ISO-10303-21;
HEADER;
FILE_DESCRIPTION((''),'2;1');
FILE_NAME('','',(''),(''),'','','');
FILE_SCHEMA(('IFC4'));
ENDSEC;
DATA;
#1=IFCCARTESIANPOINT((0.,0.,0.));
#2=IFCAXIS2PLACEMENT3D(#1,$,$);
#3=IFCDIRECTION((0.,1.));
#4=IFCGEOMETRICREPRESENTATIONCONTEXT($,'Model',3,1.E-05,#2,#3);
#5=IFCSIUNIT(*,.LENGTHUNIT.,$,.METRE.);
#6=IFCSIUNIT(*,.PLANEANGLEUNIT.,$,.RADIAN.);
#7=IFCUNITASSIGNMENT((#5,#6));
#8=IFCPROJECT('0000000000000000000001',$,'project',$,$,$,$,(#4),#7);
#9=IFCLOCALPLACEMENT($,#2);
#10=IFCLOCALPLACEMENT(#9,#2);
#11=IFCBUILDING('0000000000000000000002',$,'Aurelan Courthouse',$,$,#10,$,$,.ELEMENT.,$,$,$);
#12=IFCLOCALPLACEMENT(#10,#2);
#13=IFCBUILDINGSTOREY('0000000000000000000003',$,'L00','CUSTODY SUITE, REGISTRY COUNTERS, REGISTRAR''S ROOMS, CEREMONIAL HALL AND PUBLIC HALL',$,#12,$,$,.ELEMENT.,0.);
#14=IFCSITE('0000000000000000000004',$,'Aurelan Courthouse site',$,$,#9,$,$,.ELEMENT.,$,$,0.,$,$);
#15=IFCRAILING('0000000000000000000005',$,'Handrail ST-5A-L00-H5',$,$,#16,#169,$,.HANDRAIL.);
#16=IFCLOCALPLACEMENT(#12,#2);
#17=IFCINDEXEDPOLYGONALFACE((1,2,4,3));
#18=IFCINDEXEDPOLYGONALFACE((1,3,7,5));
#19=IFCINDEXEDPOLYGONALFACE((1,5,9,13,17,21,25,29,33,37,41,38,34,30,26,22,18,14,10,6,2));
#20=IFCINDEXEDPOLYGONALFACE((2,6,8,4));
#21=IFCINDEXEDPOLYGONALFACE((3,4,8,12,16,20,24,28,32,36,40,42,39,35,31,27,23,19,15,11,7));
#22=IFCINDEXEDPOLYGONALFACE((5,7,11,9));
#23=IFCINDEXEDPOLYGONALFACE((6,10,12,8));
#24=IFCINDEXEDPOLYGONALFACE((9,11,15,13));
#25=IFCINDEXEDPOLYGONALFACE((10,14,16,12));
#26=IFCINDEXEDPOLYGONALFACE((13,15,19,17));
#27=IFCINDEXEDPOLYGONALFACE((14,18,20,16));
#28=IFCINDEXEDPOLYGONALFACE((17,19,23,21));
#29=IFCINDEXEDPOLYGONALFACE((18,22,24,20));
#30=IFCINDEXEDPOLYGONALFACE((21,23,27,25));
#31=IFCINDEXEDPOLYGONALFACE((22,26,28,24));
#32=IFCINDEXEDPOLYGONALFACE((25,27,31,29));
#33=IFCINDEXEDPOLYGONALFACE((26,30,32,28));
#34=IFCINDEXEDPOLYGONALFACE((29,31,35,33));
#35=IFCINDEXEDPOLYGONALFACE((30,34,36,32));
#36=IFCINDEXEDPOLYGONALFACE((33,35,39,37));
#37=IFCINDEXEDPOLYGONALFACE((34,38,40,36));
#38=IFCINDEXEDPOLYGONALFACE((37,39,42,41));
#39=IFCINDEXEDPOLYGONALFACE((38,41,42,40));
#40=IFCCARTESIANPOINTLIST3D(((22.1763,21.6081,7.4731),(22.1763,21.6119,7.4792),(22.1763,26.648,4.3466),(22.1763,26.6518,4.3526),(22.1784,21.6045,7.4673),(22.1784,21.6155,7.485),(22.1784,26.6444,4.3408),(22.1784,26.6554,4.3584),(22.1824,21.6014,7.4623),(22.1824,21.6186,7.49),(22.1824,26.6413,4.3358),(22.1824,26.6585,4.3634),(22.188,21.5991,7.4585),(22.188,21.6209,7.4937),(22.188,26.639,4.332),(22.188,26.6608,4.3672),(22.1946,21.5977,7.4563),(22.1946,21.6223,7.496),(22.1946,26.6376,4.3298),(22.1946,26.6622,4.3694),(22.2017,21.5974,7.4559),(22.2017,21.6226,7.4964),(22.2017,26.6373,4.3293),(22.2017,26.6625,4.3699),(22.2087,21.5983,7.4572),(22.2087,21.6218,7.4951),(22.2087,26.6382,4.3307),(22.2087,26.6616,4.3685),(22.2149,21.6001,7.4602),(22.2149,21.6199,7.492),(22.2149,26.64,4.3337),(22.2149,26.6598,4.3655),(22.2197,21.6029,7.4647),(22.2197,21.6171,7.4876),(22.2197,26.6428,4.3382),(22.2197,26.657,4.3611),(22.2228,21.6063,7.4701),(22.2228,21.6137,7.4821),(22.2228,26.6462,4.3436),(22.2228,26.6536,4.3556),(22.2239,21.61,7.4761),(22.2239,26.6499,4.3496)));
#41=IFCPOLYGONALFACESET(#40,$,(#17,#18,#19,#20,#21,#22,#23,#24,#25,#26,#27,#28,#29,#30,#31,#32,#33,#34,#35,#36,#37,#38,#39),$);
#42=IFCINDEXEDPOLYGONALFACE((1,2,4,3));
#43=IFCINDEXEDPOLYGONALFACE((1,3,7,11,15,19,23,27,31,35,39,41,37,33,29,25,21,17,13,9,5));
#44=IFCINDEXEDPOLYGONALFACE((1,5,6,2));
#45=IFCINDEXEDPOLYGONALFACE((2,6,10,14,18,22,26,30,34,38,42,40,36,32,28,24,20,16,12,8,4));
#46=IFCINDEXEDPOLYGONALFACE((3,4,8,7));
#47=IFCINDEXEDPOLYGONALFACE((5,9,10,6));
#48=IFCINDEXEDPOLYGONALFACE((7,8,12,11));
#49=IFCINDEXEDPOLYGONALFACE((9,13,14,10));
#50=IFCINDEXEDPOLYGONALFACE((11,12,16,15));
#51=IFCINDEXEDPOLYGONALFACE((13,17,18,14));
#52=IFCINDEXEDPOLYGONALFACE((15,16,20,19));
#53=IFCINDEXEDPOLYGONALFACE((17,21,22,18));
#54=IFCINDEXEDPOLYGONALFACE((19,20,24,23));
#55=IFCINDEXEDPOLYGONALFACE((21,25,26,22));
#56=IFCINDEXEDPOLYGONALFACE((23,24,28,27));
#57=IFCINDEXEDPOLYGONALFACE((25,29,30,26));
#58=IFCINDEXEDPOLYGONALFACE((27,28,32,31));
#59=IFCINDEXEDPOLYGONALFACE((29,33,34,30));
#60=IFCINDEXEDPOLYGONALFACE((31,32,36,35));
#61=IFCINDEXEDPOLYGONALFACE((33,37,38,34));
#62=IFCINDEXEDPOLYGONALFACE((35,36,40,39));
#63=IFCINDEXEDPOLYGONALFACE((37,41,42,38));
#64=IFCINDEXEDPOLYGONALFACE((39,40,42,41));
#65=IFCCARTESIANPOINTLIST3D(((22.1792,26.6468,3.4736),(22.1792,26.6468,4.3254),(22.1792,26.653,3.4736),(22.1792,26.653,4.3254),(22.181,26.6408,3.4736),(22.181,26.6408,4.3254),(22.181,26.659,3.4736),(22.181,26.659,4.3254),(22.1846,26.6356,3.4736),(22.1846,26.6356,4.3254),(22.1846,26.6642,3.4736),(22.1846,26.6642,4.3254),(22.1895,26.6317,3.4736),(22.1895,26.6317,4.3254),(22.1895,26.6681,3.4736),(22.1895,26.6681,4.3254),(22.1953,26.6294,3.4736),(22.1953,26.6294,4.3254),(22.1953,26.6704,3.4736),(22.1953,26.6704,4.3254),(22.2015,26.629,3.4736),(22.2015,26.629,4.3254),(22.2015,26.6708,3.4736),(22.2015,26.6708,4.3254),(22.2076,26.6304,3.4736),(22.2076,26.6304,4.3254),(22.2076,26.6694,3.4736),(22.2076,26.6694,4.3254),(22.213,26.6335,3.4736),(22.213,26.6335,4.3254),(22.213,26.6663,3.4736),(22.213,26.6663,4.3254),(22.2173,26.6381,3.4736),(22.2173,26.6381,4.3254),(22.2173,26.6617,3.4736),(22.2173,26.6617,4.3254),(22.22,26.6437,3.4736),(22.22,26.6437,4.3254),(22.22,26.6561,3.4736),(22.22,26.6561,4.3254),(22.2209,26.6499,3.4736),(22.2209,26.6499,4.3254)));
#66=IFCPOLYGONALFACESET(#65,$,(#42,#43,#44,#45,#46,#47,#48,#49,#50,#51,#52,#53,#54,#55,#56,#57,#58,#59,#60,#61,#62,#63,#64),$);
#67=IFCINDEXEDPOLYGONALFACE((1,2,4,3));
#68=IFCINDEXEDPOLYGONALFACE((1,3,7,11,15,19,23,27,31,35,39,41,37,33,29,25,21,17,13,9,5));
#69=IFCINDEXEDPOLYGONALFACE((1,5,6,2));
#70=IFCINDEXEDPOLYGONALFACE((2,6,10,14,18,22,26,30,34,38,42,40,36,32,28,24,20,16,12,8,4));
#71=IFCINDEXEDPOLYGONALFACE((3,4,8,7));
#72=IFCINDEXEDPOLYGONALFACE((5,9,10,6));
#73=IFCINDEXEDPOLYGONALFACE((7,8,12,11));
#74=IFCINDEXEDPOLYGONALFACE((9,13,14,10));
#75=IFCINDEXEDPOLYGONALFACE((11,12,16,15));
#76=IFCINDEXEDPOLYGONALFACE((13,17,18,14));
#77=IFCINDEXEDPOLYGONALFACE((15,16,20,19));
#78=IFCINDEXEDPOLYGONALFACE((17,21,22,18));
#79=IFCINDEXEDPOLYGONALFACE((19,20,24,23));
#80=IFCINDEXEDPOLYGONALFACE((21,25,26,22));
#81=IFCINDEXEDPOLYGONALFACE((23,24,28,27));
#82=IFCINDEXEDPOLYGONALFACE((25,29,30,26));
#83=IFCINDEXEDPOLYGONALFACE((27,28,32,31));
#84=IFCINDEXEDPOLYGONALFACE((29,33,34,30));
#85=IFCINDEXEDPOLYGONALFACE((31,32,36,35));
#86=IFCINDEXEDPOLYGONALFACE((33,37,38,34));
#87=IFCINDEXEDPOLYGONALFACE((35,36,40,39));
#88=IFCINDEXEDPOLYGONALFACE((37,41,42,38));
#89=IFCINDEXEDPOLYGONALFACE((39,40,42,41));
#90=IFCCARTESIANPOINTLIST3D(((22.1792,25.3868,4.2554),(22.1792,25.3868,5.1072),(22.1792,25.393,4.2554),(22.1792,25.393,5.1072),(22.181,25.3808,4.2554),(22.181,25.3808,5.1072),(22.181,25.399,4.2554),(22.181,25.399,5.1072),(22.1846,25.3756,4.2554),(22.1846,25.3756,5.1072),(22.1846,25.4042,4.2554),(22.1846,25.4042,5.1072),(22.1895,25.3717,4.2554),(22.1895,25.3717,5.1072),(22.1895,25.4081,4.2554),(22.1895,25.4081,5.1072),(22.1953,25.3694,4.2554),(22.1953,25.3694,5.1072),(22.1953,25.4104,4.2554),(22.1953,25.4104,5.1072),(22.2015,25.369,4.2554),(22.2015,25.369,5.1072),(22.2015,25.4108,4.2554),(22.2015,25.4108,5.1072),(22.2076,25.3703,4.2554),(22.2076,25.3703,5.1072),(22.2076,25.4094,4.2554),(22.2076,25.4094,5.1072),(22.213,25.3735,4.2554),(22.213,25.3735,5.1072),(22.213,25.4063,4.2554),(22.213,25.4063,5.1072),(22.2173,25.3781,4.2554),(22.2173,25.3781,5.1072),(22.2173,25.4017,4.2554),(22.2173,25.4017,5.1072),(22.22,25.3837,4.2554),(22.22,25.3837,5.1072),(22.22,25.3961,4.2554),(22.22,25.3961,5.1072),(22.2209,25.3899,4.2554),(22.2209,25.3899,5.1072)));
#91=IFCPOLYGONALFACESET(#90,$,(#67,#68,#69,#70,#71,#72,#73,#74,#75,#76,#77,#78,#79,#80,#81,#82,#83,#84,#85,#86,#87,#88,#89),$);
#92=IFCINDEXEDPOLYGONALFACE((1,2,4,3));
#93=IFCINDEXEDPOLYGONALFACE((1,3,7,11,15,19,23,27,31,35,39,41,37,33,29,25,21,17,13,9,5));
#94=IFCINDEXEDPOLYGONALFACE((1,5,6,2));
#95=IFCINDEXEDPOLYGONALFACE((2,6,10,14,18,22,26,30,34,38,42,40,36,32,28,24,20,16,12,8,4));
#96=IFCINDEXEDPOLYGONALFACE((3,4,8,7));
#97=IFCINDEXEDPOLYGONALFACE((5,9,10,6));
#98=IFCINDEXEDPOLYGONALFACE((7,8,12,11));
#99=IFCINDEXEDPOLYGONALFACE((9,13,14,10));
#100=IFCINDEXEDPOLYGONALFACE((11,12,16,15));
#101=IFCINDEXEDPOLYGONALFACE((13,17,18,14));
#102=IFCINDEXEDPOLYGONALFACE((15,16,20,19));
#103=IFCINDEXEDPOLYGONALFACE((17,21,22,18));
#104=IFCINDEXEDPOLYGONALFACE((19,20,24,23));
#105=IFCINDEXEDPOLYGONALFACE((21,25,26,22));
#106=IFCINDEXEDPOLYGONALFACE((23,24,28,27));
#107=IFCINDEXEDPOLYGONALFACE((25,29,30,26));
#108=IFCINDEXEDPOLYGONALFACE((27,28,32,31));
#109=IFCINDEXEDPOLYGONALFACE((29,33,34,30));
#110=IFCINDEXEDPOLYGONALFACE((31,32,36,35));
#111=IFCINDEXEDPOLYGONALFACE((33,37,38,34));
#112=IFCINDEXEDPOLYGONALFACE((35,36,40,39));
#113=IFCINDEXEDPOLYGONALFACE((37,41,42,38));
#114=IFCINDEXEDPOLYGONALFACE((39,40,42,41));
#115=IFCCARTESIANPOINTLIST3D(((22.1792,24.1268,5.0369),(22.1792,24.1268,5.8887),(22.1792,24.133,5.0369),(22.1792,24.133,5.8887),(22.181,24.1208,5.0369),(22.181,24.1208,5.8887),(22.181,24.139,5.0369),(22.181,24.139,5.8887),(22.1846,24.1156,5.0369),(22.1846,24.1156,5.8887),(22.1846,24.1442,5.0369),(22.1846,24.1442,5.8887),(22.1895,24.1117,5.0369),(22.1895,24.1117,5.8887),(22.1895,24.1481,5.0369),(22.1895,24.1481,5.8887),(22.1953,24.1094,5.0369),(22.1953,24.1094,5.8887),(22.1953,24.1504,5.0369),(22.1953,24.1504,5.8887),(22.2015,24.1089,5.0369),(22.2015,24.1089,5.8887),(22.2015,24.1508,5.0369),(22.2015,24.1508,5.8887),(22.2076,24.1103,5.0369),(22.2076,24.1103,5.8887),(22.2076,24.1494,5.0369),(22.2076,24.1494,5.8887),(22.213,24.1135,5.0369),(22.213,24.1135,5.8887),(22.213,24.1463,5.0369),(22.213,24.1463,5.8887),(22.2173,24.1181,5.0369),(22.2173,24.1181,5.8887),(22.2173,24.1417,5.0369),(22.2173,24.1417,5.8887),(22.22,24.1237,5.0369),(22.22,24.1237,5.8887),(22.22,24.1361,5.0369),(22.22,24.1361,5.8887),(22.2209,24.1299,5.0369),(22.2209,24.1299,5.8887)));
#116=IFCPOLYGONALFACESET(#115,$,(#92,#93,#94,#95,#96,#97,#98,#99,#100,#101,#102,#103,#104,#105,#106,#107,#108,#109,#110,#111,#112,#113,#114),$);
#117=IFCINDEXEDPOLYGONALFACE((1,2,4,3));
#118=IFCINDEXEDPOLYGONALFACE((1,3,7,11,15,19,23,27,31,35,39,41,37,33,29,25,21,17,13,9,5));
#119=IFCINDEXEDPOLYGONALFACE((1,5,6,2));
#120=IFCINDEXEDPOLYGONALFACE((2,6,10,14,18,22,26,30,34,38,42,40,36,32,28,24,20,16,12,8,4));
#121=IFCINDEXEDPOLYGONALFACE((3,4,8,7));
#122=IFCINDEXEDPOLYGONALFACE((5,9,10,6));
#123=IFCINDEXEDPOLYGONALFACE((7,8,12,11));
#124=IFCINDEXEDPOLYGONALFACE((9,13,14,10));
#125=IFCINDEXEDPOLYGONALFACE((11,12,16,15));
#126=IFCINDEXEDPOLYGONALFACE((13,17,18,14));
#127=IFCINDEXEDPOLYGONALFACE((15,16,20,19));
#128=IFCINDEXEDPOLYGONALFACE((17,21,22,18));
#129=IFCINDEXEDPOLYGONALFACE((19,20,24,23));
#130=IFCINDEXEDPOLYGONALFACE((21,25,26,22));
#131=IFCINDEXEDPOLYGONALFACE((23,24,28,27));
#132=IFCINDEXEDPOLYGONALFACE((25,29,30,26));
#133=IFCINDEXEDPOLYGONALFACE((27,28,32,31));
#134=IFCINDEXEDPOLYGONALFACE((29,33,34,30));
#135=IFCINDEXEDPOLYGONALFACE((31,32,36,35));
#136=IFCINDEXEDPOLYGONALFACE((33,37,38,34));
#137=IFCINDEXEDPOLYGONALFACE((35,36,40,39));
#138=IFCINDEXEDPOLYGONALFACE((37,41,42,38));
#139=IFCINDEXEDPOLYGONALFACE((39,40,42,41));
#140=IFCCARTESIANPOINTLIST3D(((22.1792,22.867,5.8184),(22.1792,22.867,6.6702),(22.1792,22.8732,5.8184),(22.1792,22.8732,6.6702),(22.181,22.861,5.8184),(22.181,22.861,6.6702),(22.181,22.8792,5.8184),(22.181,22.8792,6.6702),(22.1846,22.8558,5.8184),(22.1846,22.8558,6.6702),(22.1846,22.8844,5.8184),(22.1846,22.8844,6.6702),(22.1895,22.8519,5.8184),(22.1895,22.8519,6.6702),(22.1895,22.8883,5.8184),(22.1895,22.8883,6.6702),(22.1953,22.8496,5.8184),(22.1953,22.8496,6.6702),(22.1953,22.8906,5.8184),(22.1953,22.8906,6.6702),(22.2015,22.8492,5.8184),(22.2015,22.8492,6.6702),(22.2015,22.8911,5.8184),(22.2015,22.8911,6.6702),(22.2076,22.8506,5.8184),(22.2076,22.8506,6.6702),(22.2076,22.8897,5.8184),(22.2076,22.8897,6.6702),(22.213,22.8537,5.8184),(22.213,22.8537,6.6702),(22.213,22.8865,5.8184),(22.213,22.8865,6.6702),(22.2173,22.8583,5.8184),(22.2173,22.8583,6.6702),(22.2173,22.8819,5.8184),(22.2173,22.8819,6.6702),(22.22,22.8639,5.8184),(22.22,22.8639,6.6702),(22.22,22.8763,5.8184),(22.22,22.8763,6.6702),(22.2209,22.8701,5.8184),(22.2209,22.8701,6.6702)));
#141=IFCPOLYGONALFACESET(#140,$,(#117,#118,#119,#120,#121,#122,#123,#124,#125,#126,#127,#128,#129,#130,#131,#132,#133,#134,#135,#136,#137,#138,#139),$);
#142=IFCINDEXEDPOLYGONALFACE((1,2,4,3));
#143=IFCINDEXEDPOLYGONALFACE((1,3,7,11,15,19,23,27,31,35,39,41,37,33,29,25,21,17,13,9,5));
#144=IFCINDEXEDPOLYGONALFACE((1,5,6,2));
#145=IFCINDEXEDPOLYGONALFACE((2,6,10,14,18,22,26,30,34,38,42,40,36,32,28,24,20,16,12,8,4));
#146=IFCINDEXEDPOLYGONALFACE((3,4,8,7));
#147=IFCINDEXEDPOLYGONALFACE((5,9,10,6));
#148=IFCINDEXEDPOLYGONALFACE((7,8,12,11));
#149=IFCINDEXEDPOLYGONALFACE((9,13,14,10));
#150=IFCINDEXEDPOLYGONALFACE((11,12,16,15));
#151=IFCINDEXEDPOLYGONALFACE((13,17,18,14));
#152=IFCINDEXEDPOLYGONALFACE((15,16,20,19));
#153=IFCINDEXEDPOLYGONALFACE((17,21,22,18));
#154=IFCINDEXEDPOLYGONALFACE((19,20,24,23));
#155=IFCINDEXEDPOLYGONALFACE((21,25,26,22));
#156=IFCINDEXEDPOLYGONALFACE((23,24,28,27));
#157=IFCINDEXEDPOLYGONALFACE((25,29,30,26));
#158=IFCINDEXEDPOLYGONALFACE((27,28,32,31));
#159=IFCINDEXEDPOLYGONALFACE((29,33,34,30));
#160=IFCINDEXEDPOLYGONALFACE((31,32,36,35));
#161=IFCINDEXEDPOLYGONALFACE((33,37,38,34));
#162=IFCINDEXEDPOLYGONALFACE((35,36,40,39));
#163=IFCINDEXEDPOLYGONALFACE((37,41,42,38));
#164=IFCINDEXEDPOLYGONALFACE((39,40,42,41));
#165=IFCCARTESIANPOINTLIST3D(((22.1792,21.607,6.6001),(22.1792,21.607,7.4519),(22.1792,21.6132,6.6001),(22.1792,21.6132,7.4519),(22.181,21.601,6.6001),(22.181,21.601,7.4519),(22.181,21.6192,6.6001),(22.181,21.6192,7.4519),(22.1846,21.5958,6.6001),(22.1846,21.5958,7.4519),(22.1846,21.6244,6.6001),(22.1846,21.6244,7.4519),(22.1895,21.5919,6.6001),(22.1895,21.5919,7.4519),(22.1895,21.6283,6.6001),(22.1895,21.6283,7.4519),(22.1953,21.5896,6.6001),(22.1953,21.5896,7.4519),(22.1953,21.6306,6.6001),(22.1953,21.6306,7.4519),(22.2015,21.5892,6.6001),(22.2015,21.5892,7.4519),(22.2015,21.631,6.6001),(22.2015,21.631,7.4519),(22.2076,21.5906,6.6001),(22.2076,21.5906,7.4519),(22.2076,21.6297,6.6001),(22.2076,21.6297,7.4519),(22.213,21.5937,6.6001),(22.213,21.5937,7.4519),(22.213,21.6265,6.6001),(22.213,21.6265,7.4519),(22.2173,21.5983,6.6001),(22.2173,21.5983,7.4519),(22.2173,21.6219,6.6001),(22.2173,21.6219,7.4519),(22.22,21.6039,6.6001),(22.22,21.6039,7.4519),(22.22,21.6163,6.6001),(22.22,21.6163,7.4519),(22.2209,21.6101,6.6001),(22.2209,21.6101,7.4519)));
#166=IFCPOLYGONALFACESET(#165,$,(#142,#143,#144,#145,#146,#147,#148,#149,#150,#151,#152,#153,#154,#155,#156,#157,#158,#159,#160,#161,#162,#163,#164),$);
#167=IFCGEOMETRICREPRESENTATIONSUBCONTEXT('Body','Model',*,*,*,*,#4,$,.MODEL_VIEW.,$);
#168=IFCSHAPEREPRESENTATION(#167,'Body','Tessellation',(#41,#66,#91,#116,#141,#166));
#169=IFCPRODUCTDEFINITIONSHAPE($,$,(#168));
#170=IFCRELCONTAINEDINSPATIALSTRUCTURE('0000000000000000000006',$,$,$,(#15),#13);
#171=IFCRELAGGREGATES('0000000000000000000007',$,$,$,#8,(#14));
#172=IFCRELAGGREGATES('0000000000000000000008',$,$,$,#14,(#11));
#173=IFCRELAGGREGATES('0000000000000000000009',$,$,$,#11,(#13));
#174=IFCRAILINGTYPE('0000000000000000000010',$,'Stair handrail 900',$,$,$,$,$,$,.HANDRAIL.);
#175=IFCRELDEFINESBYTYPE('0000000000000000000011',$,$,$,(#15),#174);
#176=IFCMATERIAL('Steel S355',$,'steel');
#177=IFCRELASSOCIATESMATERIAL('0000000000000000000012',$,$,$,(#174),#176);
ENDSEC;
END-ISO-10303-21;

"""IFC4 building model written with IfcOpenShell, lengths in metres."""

from ifc_helpers import new_model, si_unit, direction, frame, origin, origin_2d, place, context, subcontext, project, spatial, circle, extrude, material, type_object, element, save


model = new_model("IFC4")

# Units and contexts
model_context = context("Model", 3, precision=1e-05, world=origin(), true_north=direction((0.0, 1.0)))
body_context = subcontext(model_context, "Body", "Model", "MODEL_VIEW")
ifc_project = project(units=[si_unit("LENGTHUNIT", "METRE"), si_unit("PLANEANGLEUNIT", "RADIAN")], contexts=[model_context])

# Site, building, storey
site_placement = place(None, origin())
site = spatial("IfcSite", under=ifc_project, at=site_placement, Name="Aurelan Courthouse site", CompositionType="ELEMENT", RefElevation=0.0)
building_placement = place(site_placement, origin())
building = spatial("IfcBuilding", under=site, at=building_placement, Name="Aurelan Courthouse", CompositionType="ELEMENT")
storey_placement = place(building_placement, origin())
storey = spatial("IfcBuildingStorey", under=building, at=storey_placement, Name="L00", Description="CUSTODY SUITE, REGISTRY COUNTERS, REGISTRAR'S ROOMS, CEREMONIAL HALL AND PUBLIC HALL", CompositionType="ELEMENT", Elevation=0.0)

# Railing
ifc_material_1 = material(Name="Steel S355", Category="steel")
railing_type_1 = type_object("IfcRailingType", Name="Stair handrail 900", PredefinedType="HANDRAIL", material=ifc_material_1)
for number, where, name in (
    (1, (22.2, 26.6499, 3.4736), "Handrail ST-5A-L00-H5"),
):
    element("IfcRailing", number, at=place(storey_placement, frame(where)), inside=storey, type_object=railing_type_1, Name=name, PredefinedType="HANDRAIL", context=body_context, shape_type="SweptSolid", body=[
        extrude(circle(Radius=0.0239, at=origin_2d()), frame((0.0, 0.0, 0.876), z_axis=(0.0, -0.849767, 0.527158), x_axis=(1.0, 0.0, 0.0)), (0.0, 0.0, 1.0), 5.9309),
        extrude(circle(Radius=0.021, at=origin_2d()), origin(), (0.0, 0.0, 1.0), 0.8518),
        extrude(circle(Radius=0.021, at=origin_2d()), frame((0.0, -1.26, 0.7817)), (0.0, 0.0, 1.0), 0.8518),
        extrude(circle(Radius=0.021, at=origin_2d()), frame((0.0, -2.52, 1.5632)), (0.0, 0.0, 1.0), 0.8518),
        extrude(circle(Radius=0.021, at=origin_2d()), frame((0.0, -3.7798, 2.3447)), (0.0, 0.0, 1.0), 0.8518),
        extrude(circle(Radius=0.021, at=origin_2d()), frame((0.0, -5.0398, 3.1265)), (0.0, 0.0, 1.0), 0.8518),
    ])

save(model, "model.ifc")
